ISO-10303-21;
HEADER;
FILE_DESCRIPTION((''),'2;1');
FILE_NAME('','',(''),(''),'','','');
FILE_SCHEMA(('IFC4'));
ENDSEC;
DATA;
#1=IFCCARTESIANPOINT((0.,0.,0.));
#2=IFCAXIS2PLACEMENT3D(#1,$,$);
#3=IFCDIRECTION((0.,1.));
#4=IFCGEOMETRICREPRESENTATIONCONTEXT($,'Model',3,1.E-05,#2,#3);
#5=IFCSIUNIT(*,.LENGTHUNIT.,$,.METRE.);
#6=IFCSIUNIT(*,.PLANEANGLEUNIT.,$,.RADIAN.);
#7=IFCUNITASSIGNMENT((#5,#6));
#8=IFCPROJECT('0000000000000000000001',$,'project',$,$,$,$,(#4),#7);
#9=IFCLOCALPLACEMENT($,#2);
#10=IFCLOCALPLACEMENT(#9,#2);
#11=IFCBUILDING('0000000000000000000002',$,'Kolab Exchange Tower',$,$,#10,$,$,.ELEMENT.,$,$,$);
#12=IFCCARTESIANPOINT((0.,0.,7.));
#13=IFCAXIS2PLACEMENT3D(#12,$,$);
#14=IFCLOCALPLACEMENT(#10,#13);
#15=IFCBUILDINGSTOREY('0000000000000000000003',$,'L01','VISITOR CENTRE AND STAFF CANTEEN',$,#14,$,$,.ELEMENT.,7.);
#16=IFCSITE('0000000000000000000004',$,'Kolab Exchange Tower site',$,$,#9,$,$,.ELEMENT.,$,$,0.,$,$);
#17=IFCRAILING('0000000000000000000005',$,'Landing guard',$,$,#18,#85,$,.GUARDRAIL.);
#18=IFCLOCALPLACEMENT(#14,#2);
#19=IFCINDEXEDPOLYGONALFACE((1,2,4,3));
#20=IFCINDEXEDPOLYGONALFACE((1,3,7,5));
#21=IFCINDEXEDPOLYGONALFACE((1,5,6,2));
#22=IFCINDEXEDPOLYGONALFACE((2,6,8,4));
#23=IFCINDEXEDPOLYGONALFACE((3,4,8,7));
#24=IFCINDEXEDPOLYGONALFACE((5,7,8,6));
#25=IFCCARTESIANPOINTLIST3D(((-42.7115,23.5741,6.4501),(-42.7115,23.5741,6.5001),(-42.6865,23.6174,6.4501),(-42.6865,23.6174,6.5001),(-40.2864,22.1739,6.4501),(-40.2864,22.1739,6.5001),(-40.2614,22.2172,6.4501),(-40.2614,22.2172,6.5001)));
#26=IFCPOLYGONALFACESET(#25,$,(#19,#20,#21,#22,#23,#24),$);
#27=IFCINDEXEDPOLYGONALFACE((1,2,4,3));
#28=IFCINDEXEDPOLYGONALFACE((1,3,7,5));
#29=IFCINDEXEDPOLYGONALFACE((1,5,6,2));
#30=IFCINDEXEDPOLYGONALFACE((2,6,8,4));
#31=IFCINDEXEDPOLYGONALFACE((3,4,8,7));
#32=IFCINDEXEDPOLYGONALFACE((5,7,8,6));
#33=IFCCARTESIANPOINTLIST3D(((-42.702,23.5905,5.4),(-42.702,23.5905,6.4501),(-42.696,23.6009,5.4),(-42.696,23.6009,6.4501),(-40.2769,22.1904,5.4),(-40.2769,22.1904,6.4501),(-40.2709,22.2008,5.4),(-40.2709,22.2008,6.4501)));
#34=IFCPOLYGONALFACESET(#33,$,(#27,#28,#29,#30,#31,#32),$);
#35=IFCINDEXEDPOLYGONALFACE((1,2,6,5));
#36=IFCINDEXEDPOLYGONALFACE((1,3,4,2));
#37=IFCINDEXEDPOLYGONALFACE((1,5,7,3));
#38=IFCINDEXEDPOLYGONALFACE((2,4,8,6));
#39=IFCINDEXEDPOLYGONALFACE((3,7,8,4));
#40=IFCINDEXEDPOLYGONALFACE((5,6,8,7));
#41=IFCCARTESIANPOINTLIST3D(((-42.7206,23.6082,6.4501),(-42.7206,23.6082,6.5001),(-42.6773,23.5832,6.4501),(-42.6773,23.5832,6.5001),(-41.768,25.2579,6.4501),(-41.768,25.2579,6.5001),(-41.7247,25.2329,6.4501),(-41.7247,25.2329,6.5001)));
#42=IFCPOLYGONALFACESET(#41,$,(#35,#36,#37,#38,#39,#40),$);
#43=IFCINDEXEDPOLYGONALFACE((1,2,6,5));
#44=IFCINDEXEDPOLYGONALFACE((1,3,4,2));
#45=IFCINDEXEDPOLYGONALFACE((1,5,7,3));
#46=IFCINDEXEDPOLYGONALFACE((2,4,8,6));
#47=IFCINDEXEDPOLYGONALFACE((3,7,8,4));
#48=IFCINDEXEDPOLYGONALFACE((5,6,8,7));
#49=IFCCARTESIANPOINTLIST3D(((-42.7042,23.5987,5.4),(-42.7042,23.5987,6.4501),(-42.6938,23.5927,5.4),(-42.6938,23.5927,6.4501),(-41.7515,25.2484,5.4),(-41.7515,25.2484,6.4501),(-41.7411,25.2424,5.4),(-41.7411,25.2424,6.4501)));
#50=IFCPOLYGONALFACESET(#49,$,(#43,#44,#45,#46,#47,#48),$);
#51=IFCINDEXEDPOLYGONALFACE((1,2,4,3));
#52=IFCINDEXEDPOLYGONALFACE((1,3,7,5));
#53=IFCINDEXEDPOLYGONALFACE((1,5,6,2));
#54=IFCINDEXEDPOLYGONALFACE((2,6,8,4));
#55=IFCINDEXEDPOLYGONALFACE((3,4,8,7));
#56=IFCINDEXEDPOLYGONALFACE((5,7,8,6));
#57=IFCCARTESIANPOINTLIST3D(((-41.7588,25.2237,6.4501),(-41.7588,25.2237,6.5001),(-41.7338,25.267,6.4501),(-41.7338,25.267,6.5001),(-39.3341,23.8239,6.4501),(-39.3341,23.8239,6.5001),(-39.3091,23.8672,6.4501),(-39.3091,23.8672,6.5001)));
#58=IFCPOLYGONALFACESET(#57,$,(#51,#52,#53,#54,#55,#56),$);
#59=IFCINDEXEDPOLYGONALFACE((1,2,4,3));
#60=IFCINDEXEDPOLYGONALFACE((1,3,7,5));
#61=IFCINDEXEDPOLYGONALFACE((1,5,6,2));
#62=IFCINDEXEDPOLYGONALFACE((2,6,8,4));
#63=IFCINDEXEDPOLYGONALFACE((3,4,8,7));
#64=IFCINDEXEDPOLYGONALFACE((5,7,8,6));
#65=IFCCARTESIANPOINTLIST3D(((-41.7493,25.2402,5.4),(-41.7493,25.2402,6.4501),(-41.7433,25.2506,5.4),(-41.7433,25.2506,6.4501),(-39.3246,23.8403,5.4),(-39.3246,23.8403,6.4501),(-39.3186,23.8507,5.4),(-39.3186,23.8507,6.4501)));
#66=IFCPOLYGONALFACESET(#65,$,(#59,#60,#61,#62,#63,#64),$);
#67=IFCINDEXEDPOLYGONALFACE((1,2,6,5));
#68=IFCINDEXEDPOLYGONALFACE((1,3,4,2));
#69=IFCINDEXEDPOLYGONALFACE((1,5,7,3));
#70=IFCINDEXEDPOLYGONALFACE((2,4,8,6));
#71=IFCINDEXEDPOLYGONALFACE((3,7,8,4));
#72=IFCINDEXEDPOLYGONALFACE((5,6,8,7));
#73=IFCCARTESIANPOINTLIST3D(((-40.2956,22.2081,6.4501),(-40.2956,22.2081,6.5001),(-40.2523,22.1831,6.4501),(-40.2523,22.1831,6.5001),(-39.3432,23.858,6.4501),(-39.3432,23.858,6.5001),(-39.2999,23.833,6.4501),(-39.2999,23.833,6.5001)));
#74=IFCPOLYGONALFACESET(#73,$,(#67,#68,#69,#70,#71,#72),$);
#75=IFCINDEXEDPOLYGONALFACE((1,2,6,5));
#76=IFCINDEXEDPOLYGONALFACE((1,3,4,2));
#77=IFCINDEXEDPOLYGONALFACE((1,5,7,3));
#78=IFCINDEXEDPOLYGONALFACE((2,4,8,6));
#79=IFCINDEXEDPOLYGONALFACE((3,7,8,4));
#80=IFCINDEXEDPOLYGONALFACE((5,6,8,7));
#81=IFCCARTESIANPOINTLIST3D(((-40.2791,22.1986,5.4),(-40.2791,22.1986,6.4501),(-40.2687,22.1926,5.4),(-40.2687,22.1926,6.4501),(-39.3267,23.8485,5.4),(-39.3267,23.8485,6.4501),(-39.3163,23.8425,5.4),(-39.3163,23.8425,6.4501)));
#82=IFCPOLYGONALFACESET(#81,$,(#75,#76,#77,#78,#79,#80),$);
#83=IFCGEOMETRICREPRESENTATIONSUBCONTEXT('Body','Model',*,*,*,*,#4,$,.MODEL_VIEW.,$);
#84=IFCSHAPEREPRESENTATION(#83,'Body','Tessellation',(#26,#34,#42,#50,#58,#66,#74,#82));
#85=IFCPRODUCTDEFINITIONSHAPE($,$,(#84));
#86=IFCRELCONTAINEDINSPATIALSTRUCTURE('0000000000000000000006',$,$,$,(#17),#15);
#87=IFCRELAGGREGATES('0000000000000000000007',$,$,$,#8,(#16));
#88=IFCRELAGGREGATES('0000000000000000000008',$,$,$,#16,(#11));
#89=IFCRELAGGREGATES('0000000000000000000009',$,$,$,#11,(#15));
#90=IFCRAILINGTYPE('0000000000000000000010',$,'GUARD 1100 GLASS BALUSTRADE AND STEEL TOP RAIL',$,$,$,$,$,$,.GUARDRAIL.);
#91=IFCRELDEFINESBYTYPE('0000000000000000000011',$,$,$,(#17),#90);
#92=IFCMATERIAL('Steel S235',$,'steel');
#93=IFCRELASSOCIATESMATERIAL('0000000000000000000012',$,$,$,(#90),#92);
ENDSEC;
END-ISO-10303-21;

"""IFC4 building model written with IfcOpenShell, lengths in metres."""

from ifc_helpers import new_model, si_unit, direction, frame, frame_2d, origin, origin_2d, place, context, subcontext, project, spatial, rectangle, extrude, material, type_object, element, save


model = new_model("IFC4")

# Units and contexts
model_context = context("Model", 3, precision=1e-05, world=origin(), true_north=direction((0.0, 1.0)))
body_context = subcontext(model_context, "Body", "Model", "MODEL_VIEW")
ifc_project = project(units=[si_unit("LENGTHUNIT", "METRE"), si_unit("PLANEANGLEUNIT", "RADIAN")], contexts=[model_context])

# Site, building, storey
site_placement = place(None, origin())
site = spatial("IfcSite", under=ifc_project, at=site_placement, Name="Kolab Exchange Tower site", CompositionType="ELEMENT", RefElevation=0.0)
building_placement = place(site_placement, origin())
building = spatial("IfcBuilding", under=site, at=building_placement, Name="Kolab Exchange Tower", CompositionType="ELEMENT")
storey_placement = place(building_placement, frame((0.0, 0.0, 7.0)))
storey = spatial("IfcBuildingStorey", under=building, at=storey_placement, Name="L01", Description="VISITOR CENTRE AND STAFF CANTEEN", CompositionType="ELEMENT", Elevation=7.0)

# Railing
ifc_material_1 = material(Name="Steel S235", Category="steel")
railing_type = type_object("IfcRailingType", Name="GUARD 1100 GLASS BALUSTRADE AND STEEL TOP RAIL", PredefinedType="GUARDRAIL", material=ifc_material_1)
railing_placement = place(storey_placement, frame((-40.2739, 22.1956, 5.3999)))
element("IfcRailing", 1, at=railing_placement, inside=storey, type_object=railing_type, Name="Landing guard", PredefinedType="GUARDRAIL", context=body_context, shape_type="SweptSolid", body=[
    extrude(rectangle(XDim=0.05, YDim=0.05, at=origin_2d()), frame((0.0, 0.0, 1.0752), z_axis=(-0.866019, 0.500012, 0.0), x_axis=(-0.500012, -0.866019, 0.0)), (0.0, 0.0, 1.0), 2.8003),
    extrude(rectangle(XDim=0.012, YDim=1.0501, at=frame_2d((0.0, 0.5251))), frame((0.0, 0.0, 0.0), z_axis=(-0.866019, 0.500012, 0.0), x_axis=(-0.500012, -0.866019, 0.0)), (0.0, 0.0, 1.0), 2.8003),
    extrude(rectangle(XDim=0.05, YDim=0.05, at=origin_2d()), frame((-2.425, 1.4001, 1.0752), z_axis=(0.500081, 0.865979, 0.0), x_axis=(-0.865979, 0.500081, 0.0)), (0.0, 0.0, 1.0), 1.905),
    extrude(rectangle(XDim=0.012, YDim=1.0501, at=frame_2d((0.0, 0.5251))), frame((-2.425, 1.4001, 0.0), z_axis=(0.500081, 0.865979, 0.0), x_axis=(-0.865979, 0.500081, 0.0)), (0.0, 0.0, 1.0), 1.905),
    extrude(rectangle(XDim=0.05, YDim=0.05, at=origin_2d()), frame((-1.4724, 3.0498, 1.0752), z_axis=(0.866035, -0.499984, 0.0), x_axis=(0.499984, 0.866035, 0.0)), (0.0, 0.0, 1.0), 2.7998),
    extrude(rectangle(XDim=0.012, YDim=1.0501, at=frame_2d((0.0, 0.5251))), frame((-1.4724, 3.0498, 0.0), z_axis=(0.866035, -0.499984, 0.0), x_axis=(0.499984, 0.866035, 0.0)), (0.0, 0.0, 1.0), 2.7998),
    extrude(rectangle(XDim=0.05, YDim=0.05, at=origin_2d()), frame((0.9524, 1.6499, 1.0752), z_axis=(-0.49993, -0.866066, 0.0), x_axis=(0.866066, -0.49993, 0.0)), (0.0, 0.0, 1.0), 1.905),
    extrude(rectangle(XDim=0.012, YDim=1.0501, at=frame_2d((0.0, 0.5251))), frame((0.9524, 1.6499, 0.0), z_axis=(-0.49993, -0.866066, 0.0), x_axis=(0.866066, -0.49993, 0.0)), (0.0, 0.0, 1.0), 1.905),
])

save(model, "model.ifc")
